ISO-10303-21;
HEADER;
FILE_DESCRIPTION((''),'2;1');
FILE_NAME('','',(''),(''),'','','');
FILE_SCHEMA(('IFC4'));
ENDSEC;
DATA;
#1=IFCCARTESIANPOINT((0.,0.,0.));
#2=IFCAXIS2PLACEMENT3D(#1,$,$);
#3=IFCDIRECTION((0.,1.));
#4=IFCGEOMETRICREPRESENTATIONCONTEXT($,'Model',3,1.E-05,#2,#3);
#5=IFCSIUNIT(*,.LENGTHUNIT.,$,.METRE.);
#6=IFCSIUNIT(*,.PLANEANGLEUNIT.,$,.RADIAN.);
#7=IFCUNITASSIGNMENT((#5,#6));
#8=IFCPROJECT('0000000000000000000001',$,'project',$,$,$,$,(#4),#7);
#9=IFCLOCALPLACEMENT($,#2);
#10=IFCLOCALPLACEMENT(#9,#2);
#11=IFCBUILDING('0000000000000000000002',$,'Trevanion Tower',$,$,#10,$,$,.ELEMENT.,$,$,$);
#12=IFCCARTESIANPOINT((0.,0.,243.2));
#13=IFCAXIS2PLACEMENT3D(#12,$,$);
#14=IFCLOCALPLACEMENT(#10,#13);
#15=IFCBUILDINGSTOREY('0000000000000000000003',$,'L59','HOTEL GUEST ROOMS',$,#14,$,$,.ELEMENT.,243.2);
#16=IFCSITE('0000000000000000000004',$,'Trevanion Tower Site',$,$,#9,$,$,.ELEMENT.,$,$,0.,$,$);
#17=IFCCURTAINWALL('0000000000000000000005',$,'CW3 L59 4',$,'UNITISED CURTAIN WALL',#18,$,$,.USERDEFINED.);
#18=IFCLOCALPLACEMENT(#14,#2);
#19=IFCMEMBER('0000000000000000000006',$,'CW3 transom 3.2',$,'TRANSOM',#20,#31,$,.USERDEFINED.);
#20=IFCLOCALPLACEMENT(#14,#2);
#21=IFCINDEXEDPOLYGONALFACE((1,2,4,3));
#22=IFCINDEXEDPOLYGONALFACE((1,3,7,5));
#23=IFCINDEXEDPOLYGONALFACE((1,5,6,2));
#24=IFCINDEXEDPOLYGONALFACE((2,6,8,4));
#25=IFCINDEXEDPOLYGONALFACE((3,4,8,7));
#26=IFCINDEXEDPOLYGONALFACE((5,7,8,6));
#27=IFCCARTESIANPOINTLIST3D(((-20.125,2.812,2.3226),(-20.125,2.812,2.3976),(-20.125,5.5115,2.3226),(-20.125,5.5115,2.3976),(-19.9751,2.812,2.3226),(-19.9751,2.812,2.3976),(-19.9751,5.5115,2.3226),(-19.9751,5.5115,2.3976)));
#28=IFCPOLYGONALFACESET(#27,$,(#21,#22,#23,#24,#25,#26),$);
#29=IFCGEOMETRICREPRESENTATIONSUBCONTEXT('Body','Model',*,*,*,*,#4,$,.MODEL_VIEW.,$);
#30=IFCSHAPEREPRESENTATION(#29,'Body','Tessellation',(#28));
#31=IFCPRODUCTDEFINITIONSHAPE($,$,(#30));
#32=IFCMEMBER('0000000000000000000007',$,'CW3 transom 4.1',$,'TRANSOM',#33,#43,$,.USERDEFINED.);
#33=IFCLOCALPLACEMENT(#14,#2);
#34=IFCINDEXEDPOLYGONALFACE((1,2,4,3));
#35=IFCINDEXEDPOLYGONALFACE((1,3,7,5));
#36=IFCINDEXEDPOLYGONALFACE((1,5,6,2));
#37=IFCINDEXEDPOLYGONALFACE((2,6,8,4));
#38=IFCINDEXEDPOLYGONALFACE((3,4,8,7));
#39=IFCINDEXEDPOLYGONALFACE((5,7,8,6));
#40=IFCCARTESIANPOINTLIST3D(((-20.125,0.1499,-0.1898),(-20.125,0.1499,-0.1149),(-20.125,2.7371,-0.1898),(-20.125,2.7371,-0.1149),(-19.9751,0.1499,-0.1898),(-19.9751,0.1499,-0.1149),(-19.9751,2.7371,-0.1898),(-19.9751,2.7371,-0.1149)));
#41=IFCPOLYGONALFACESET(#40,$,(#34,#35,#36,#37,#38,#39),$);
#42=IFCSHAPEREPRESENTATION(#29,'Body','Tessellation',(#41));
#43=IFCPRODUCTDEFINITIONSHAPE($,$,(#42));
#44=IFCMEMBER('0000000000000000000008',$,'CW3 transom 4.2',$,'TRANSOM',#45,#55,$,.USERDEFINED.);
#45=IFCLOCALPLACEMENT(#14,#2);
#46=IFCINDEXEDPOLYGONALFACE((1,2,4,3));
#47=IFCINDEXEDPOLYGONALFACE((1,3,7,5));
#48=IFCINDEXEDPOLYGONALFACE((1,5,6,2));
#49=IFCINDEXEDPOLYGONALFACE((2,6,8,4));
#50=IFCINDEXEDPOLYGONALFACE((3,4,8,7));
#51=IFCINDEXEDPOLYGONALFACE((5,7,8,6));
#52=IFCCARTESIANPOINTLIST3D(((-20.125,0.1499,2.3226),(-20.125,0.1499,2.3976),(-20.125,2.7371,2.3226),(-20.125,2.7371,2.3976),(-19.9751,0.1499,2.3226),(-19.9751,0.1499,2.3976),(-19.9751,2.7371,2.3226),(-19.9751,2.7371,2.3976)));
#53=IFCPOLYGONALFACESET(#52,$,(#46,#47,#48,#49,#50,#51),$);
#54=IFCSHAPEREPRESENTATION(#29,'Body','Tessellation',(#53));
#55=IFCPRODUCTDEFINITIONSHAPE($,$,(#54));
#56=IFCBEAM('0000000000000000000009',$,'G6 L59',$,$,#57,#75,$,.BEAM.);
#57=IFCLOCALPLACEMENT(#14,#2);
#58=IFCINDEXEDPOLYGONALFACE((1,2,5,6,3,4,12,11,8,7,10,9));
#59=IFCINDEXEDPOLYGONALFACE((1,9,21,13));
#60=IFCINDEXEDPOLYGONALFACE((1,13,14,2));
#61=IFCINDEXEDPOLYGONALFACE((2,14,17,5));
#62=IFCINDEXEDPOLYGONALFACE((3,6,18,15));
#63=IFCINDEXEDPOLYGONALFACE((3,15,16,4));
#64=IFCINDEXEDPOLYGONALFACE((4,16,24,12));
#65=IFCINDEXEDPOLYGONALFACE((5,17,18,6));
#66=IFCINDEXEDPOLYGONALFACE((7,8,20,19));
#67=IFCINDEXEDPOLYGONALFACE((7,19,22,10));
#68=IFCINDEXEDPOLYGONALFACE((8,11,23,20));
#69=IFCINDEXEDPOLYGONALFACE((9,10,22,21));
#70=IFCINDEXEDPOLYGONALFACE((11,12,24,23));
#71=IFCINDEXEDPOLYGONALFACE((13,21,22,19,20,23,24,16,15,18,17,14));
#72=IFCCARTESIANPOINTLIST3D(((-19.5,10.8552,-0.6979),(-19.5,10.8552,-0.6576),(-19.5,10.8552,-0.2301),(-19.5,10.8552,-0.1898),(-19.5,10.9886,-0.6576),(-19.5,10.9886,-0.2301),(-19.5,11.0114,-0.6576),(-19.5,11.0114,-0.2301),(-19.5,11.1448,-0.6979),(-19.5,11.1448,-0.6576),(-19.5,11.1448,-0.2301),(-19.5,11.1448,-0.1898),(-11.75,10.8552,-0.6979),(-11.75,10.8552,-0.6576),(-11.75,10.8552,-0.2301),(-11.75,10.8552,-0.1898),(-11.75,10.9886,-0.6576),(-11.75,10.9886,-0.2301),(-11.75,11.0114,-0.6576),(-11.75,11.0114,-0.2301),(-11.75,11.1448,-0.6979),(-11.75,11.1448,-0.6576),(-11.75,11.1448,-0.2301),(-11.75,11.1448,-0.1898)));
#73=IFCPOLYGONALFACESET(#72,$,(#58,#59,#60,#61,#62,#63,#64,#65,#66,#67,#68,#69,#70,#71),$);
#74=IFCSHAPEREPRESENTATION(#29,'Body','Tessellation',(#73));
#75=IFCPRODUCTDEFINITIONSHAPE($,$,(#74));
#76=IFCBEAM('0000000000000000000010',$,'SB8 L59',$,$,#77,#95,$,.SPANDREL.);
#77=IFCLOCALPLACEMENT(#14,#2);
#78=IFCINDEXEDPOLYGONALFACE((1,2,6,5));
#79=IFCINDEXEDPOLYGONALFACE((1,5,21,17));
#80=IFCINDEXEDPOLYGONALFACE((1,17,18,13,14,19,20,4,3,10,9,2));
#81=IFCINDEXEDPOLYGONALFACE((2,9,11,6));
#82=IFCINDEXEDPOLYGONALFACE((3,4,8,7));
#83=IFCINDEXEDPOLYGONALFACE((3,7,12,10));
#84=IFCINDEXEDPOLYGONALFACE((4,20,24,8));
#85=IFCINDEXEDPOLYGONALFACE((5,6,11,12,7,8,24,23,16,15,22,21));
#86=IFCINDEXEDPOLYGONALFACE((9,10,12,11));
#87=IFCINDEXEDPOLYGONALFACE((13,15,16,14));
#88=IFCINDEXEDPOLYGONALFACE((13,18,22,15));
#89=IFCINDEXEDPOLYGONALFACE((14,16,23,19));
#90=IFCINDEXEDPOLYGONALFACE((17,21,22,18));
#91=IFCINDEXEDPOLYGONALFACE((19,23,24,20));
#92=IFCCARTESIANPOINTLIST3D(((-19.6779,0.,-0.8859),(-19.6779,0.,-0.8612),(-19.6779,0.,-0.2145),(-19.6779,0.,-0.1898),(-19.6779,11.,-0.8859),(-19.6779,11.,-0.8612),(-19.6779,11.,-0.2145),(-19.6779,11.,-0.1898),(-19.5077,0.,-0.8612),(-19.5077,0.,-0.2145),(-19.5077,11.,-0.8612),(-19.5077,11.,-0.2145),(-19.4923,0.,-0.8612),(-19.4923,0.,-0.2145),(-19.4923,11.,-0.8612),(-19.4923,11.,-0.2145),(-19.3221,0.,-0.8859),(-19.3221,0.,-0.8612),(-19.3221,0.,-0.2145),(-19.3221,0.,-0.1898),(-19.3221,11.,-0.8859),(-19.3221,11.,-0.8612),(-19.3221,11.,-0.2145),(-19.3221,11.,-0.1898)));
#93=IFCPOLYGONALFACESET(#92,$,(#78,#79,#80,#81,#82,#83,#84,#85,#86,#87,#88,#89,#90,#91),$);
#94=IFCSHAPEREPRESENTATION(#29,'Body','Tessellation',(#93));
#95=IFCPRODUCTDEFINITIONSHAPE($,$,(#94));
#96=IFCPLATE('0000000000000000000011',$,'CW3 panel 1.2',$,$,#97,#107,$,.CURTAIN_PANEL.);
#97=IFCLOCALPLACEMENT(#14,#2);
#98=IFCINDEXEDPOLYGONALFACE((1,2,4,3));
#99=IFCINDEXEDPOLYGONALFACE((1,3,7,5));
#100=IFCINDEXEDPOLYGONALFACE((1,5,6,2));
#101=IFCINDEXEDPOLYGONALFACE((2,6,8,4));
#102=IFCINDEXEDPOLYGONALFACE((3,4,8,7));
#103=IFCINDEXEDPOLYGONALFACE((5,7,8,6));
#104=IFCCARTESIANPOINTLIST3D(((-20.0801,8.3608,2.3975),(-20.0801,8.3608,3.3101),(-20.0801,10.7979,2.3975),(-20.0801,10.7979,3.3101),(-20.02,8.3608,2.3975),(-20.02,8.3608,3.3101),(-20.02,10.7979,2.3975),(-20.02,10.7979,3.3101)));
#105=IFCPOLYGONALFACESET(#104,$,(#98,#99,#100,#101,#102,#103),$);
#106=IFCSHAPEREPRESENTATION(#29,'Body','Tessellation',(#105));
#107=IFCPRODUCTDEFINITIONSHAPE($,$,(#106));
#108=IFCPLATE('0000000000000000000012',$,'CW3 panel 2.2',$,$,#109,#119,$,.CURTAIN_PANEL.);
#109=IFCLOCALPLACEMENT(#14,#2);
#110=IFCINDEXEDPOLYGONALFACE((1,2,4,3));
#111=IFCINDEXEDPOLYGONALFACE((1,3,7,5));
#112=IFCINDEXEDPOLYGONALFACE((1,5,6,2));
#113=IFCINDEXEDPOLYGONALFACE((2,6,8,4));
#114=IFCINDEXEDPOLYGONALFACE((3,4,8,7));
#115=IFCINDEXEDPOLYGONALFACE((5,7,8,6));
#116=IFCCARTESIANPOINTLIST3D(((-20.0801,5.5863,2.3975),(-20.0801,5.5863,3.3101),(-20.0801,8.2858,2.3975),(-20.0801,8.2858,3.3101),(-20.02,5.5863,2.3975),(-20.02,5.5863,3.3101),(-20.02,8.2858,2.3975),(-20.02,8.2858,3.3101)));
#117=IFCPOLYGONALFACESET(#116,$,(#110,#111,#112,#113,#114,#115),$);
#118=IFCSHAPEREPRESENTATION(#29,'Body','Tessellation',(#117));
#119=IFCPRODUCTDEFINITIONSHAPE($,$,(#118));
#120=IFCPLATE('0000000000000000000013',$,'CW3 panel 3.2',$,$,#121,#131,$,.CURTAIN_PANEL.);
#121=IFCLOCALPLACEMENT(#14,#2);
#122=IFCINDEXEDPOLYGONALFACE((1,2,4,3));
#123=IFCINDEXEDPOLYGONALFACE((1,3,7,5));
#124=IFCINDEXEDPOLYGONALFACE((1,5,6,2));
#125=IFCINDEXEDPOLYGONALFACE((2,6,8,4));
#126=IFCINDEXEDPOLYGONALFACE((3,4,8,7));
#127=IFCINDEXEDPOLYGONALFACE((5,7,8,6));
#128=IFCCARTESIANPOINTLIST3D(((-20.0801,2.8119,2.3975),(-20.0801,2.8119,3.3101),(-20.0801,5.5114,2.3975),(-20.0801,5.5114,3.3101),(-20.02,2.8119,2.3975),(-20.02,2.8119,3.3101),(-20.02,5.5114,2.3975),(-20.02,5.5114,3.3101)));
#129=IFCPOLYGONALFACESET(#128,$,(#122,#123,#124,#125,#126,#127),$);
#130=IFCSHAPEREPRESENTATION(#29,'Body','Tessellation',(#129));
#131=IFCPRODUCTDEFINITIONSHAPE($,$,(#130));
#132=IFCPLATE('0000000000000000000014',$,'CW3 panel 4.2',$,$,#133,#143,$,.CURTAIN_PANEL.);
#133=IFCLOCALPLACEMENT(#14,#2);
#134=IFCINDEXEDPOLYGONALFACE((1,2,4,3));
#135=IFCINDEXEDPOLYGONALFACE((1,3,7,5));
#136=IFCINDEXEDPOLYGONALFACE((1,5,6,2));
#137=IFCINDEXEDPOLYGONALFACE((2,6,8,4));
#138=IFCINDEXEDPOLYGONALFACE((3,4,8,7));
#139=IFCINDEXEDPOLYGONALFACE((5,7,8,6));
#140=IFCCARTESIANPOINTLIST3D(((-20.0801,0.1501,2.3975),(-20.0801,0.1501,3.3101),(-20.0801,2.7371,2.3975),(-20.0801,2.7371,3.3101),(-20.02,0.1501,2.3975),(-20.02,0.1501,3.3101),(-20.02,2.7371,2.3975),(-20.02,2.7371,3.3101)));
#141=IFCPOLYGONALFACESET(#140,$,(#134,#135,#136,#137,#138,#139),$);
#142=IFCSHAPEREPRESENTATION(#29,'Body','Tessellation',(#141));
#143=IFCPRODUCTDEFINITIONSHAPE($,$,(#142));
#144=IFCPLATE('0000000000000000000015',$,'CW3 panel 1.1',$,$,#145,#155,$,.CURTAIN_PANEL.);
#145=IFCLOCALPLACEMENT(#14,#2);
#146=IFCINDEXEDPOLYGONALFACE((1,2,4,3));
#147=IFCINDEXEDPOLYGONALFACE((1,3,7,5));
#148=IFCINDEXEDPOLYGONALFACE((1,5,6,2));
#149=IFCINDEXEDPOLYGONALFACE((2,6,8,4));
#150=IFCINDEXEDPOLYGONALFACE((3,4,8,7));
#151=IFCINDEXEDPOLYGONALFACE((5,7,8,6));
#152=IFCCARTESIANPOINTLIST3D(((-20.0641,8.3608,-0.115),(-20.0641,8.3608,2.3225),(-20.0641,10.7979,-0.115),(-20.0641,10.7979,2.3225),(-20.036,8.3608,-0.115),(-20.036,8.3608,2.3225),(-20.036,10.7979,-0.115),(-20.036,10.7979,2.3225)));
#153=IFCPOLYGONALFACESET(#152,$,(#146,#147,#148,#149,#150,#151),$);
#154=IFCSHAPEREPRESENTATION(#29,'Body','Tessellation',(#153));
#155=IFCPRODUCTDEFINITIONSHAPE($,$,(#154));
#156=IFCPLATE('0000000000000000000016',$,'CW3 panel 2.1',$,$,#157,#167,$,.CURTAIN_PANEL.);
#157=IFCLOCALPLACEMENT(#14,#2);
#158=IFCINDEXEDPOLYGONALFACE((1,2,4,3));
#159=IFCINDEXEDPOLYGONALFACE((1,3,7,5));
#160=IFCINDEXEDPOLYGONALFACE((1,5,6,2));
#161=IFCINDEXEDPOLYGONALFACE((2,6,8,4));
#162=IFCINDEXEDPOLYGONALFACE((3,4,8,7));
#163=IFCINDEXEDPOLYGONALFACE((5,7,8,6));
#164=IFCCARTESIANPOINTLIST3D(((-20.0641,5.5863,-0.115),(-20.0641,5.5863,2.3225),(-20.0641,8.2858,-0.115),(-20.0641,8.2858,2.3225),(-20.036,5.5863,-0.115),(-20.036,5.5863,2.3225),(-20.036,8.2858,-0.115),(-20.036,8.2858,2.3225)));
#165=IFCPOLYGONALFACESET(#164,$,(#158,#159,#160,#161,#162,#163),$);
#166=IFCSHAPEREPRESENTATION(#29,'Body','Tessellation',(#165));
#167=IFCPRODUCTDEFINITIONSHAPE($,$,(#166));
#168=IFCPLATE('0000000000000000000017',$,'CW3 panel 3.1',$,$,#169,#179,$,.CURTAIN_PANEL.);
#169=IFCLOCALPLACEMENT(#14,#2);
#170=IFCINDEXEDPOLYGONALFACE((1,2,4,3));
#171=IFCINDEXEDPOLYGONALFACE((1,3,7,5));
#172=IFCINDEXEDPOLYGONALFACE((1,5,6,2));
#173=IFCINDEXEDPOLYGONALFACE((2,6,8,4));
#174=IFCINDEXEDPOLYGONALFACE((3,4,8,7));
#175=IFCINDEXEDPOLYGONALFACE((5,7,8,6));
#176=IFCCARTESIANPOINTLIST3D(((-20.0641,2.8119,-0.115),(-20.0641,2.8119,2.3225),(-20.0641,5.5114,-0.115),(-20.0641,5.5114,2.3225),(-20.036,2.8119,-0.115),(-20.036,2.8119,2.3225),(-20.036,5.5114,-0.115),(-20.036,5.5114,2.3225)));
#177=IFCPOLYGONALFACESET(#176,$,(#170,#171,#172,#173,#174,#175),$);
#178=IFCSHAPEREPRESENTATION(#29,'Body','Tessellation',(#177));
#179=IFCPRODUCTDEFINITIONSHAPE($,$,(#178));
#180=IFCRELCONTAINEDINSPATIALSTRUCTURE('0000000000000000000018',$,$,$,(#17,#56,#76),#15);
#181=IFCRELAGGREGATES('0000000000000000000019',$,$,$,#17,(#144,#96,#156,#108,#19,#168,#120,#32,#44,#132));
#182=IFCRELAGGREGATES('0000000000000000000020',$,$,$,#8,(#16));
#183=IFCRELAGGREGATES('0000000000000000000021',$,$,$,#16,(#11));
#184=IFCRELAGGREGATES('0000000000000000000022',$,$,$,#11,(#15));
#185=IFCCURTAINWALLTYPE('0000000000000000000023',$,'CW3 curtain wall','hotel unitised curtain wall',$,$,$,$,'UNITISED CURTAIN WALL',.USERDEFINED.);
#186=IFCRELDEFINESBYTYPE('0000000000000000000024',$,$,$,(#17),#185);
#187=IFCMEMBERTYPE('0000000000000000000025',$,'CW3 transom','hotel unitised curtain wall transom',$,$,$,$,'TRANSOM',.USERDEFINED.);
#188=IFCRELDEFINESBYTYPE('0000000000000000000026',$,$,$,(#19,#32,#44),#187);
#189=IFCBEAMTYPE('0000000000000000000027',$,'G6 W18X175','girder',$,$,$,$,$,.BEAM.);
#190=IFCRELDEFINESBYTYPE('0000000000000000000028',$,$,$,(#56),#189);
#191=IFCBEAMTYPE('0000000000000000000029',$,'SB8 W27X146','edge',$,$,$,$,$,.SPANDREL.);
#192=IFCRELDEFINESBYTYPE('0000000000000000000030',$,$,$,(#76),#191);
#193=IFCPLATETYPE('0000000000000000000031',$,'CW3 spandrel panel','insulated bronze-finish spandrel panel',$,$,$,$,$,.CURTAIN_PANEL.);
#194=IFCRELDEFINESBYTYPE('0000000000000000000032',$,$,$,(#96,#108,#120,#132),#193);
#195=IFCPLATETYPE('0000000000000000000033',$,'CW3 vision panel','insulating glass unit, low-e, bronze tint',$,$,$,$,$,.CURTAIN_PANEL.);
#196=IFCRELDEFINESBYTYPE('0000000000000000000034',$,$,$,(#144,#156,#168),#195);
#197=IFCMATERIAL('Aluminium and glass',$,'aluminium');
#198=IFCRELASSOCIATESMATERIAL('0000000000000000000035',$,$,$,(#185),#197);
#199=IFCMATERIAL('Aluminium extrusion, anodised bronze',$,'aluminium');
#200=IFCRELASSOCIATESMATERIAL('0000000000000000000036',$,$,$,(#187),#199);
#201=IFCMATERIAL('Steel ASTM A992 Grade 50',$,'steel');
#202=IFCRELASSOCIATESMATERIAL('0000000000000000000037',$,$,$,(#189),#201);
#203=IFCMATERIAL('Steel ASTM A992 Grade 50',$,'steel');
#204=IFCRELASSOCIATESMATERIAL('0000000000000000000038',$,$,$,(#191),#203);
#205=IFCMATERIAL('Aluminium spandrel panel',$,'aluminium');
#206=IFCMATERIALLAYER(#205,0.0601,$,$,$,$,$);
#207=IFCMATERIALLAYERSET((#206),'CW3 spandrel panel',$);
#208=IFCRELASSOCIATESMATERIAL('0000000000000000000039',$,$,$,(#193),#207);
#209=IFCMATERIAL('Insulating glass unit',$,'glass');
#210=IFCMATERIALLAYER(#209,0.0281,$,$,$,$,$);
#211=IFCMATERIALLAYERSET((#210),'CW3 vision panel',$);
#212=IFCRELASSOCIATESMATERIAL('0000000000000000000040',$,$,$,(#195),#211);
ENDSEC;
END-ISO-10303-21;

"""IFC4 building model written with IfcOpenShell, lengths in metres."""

from ifc_helpers import new_model, si_unit, direction, frame, origin, origin_2d, place, context, subcontext, project, spatial, rectangle, i_section, extrude, material, layer, layer_set, material_profile, profile_set, type_object, element, aggregate, save


model = new_model("IFC4")

# Units and contexts
model_context = context("Model", 3, precision=1e-05, world=origin(), true_north=direction((0.0, 1.0)))
body_context = subcontext(model_context, "Body", "Model", "MODEL_VIEW")
ifc_project = project(units=[si_unit("LENGTHUNIT", "METRE"), si_unit("PLANEANGLEUNIT", "RADIAN")], contexts=[model_context])

# Site, building, storey
site_placement = place(None, origin())
site = spatial("IfcSite", under=ifc_project, at=site_placement, Name="Trevanion Tower Site", CompositionType="ELEMENT", RefElevation=0.0)
building_placement = place(site_placement, origin())
building = spatial("IfcBuilding", under=site, at=building_placement, Name="Trevanion Tower", CompositionType="ELEMENT")
storey_placement = place(building_placement, frame((0.0, 0.0, 243.2)))
storey = spatial("IfcBuildingStorey", under=building, at=storey_placement, Name="L59", Description="HOTEL GUEST ROOMS", CompositionType="ELEMENT", Elevation=243.2)

# Curtain wall, members
ifc_material_1 = material(Name="Aluminium and glass", Category="aluminium")
curtain_wall_type = type_object("IfcCurtainWallType", Name="CW3 curtain wall", Description="hotel unitised curtain wall", ElementType="UNITISED CURTAIN WALL", PredefinedType="USERDEFINED", material=ifc_material_1)
curtain_wall_placement = place(storey_placement, origin())
curtain_wall = element("IfcCurtainWall", 1, at=curtain_wall_placement, inside=storey, type_object=curtain_wall_type, Name="CW3 L59 4", ObjectType="UNITISED CURTAIN WALL", PredefinedType="USERDEFINED")
ifc_material_2 = material(Name="Aluminium extrusion, anodised bronze", Category="aluminium")
ifc_material_profile_1 = material_profile(ifc_material_2, rectangle(XDim=0.1499, YDim=0.075, at=origin_2d()), Name="CW3 transom")
ifc_profile_set_1 = profile_set([ifc_material_profile_1], Name="Aluminium extrusion, anodised bronze")
member_type_1 = type_object("IfcMemberType", Name="CW3 transom", Description="hotel unitised curtain wall transom", ElementType="TRANSOM", PredefinedType="USERDEFINED", material=ifc_profile_set_1)
member_1_placement = place(storey_placement, frame((-20.05, 5.5115, 2.3601), z_axis=(0.0, -1.0, 0.0), x_axis=(1.0, 0.0, 0.0)))
member_1 = element("IfcMember", 2, at=member_1_placement, type_object=member_type_1, Name="CW3 transom 3.2", ObjectType="TRANSOM", PredefinedType="USERDEFINED", context=body_context, shape_type="SweptSolid", body=[
    extrude(rectangle(XDim=0.1499, YDim=0.075, at=origin_2d()), origin(), (0.0, 0.0, 1.0), 2.6995),
])
member_2_placement = place(storey_placement, frame((-20.05, 2.7371, -0.1523), z_axis=(0.0, -1.0, 0.0), x_axis=(1.0, 0.0, 0.0)))
member_2 = element("IfcMember", 3, at=member_2_placement, type_object=member_type_1, Name="CW3 transom 4.1", ObjectType="TRANSOM", PredefinedType="USERDEFINED", context=body_context, shape_type="SweptSolid", body=[
    extrude(rectangle(XDim=0.1499, YDim=0.075, at=origin_2d()), origin(), (0.0, 0.0, 1.0), 2.5872),
])
member_3_placement = place(storey_placement, frame((-20.05, 2.7371, 2.3601), z_axis=(0.0, -1.0, 0.0), x_axis=(1.0, 0.0, 0.0)))
member_3 = element("IfcMember", 4, at=member_3_placement, type_object=member_type_1, Name="CW3 transom 4.2", ObjectType="TRANSOM", PredefinedType="USERDEFINED", context=body_context, shape_type="SweptSolid", body=[
    extrude(rectangle(XDim=0.1499, YDim=0.075, at=origin_2d()), origin(), (0.0, 0.0, 1.0), 2.5872),
])

# Beams
ifc_material_3 = material(Name="Steel ASTM A992 Grade 50", Category="steel")
ifc_material_profile_2 = material_profile(ifc_material_3, i_section(OverallWidth=0.2896, OverallDepth=0.5081, WebThickness=0.0227, FlangeThickness=0.0403, at=origin_2d()), Name="W18X175")
ifc_profile_set_2 = profile_set([ifc_material_profile_2], Name="Steel ASTM A992 Grade 50")
beam_type_1 = type_object("IfcBeamType", Name="G6 W18X175", Description="girder", PredefinedType="BEAM", material=ifc_profile_set_2)
beam_1_placement = place(storey_placement, frame((-11.75, 11.0, -0.4438), z_axis=(-1.0, 0.0, 0.0), x_axis=(0.0, -1.0, 0.0)))
element("IfcBeam", 5, at=beam_1_placement, inside=storey, type_object=beam_type_1, Name="G6 L59", PredefinedType="BEAM", context=body_context, shape_type="SweptSolid", body=[
    extrude(i_section(OverallWidth=0.2896, OverallDepth=0.5081, WebThickness=0.0227, FlangeThickness=0.0403, at=origin_2d()), origin(), (0.0, 0.0, 1.0), 7.75),
])
ifc_material_4 = material(Name="Steel ASTM A992 Grade 50", Category="steel")
ifc_material_profile_3 = material_profile(ifc_material_4, i_section(OverallWidth=0.3557, OverallDepth=0.696, WebThickness=0.0154, FlangeThickness=0.0247, at=origin_2d()), Name="W27X146")
ifc_profile_set_3 = profile_set([ifc_material_profile_3], Name="Steel ASTM A992 Grade 50")
beam_type_2 = type_object("IfcBeamType", Name="SB8 W27X146", Description="edge", PredefinedType="SPANDREL", material=ifc_profile_set_3)
beam_2_placement = place(storey_placement, frame((-19.5, 11.0, -0.5378), z_axis=(0.0, -1.0, 0.0), x_axis=(1.0, 0.0, 0.0)))
element("IfcBeam", 6, at=beam_2_placement, inside=storey, type_object=beam_type_2, Name="SB8 L59", PredefinedType="SPANDREL", context=body_context, shape_type="SweptSolid", body=[
    extrude(i_section(OverallWidth=0.3557, OverallDepth=0.696, WebThickness=0.0154, FlangeThickness=0.0247, at=origin_2d()), origin(), (0.0, 0.0, 1.0), 11.0),
])

# Plates
ifc_material_5 = material(Name="Aluminium spandrel panel", Category="aluminium")
ifc_layer_1 = layer(ifc_material_5, 0.0601)
ifc_layer_set_1 = layer_set([ifc_layer_1], Name="CW3 spandrel panel")
plate_type_1 = type_object("IfcPlateType", Name="CW3 spandrel panel", Description="insulated bronze-finish spandrel panel", PredefinedType="CURTAIN_PANEL", material=ifc_layer_set_1)
plate_1_placement = place(storey_placement, frame((-20.05, 9.5793, 2.3975), z_axis=(0.0, 0.0, 1.0), x_axis=(0.0, -1.0, 0.0)))
plate_1 = element("IfcPlate", 7, at=plate_1_placement, type_object=plate_type_1, Name="CW3 panel 1.2", PredefinedType="CURTAIN_PANEL", context=body_context, shape_type="SweptSolid", body=[
    extrude(rectangle(XDim=2.437, YDim=0.0601, at=origin_2d()), origin(), (0.0, 0.0, 1.0), 0.9126),
])
plate_2_placement = place(storey_placement, frame((-20.05, 6.936, 2.3975), z_axis=(0.0, 0.0, 1.0), x_axis=(0.0, -1.0, 0.0)))
plate_2 = element("IfcPlate", 8, at=plate_2_placement, type_object=plate_type_1, Name="CW3 panel 2.2", PredefinedType="CURTAIN_PANEL", context=body_context, shape_type="SweptSolid", body=[
    extrude(rectangle(XDim=2.6995, YDim=0.0601, at=origin_2d()), origin(), (0.0, 0.0, 1.0), 0.9126),
])
plate_3_placement = place(storey_placement, frame((-20.05, 4.1616, 2.3975), z_axis=(0.0, 0.0, 1.0), x_axis=(0.0, -1.0, 0.0)))
plate_3 = element("IfcPlate", 9, at=plate_3_placement, type_object=plate_type_1, Name="CW3 panel 3.2", PredefinedType="CURTAIN_PANEL", context=body_context, shape_type="SweptSolid", body=[
    extrude(rectangle(XDim=2.6995, YDim=0.0601, at=origin_2d()), origin(), (0.0, 0.0, 1.0), 0.9126),
])
plate_4_placement = place(storey_placement, frame((-20.05, 1.4436, 2.3975), z_axis=(0.0, 0.0, 1.0), x_axis=(0.0, -1.0, 0.0)))
plate_4 = element("IfcPlate", 10, at=plate_4_placement, type_object=plate_type_1, Name="CW3 panel 4.2", PredefinedType="CURTAIN_PANEL", context=body_context, shape_type="SweptSolid", body=[
    extrude(rectangle(XDim=2.5869, YDim=0.0601, at=origin_2d()), origin(), (0.0, 0.0, 1.0), 0.9126),
])
ifc_material_6 = material(Name="Insulating glass unit", Category="glass")
ifc_layer_2 = layer(ifc_material_6, 0.0281)
ifc_layer_set_2 = layer_set([ifc_layer_2], Name="CW3 vision panel")
plate_type_2 = type_object("IfcPlateType", Name="CW3 vision panel", Description="insulating glass unit, low-e, bronze tint", PredefinedType="CURTAIN_PANEL", material=ifc_layer_set_2)
plate_5_placement = place(storey_placement, frame((-20.05, 9.5793, -0.115), z_axis=(0.0, 0.0, 1.0), x_axis=(0.0, -1.0, 0.0)))
plate_5 = element("IfcPlate", 11, at=plate_5_placement, type_object=plate_type_2, Name="CW3 panel 1.1", PredefinedType="CURTAIN_PANEL", context=body_context, shape_type="SweptSolid", body=[
    extrude(rectangle(XDim=2.437, YDim=0.0281, at=origin_2d()), origin(), (0.0, 0.0, 1.0), 2.4375),
])
plate_6_placement = place(storey_placement, frame((-20.05, 6.936, -0.115), z_axis=(0.0, 0.0, 1.0), x_axis=(0.0, -1.0, 0.0)))
plate_6 = element("IfcPlate", 12, at=plate_6_placement, type_object=plate_type_2, Name="CW3 panel 2.1", PredefinedType="CURTAIN_PANEL", context=body_context, shape_type="SweptSolid", body=[
    extrude(rectangle(XDim=2.6995, YDim=0.0281, at=origin_2d()), origin(), (0.0, 0.0, 1.0), 2.4375),
])
plate_7_placement = place(storey_placement, frame((-20.05, 4.1616, -0.115), z_axis=(0.0, 0.0, 1.0), x_axis=(0.0, -1.0, 0.0)))
plate_7 = element("IfcPlate", 13, at=plate_7_placement, type_object=plate_type_2, Name="CW3 panel 3.1", PredefinedType="CURTAIN_PANEL", context=body_context, shape_type="SweptSolid", body=[
    extrude(rectangle(XDim=2.6995, YDim=0.0281, at=origin_2d()), origin(), (0.0, 0.0, 1.0), 2.4375),
])
aggregate(curtain_wall, [plate_5, plate_1, plate_6, plate_2, member_1, plate_7, plate_3, member_2, member_3, plate_4])

save(model, "model.ifc")
